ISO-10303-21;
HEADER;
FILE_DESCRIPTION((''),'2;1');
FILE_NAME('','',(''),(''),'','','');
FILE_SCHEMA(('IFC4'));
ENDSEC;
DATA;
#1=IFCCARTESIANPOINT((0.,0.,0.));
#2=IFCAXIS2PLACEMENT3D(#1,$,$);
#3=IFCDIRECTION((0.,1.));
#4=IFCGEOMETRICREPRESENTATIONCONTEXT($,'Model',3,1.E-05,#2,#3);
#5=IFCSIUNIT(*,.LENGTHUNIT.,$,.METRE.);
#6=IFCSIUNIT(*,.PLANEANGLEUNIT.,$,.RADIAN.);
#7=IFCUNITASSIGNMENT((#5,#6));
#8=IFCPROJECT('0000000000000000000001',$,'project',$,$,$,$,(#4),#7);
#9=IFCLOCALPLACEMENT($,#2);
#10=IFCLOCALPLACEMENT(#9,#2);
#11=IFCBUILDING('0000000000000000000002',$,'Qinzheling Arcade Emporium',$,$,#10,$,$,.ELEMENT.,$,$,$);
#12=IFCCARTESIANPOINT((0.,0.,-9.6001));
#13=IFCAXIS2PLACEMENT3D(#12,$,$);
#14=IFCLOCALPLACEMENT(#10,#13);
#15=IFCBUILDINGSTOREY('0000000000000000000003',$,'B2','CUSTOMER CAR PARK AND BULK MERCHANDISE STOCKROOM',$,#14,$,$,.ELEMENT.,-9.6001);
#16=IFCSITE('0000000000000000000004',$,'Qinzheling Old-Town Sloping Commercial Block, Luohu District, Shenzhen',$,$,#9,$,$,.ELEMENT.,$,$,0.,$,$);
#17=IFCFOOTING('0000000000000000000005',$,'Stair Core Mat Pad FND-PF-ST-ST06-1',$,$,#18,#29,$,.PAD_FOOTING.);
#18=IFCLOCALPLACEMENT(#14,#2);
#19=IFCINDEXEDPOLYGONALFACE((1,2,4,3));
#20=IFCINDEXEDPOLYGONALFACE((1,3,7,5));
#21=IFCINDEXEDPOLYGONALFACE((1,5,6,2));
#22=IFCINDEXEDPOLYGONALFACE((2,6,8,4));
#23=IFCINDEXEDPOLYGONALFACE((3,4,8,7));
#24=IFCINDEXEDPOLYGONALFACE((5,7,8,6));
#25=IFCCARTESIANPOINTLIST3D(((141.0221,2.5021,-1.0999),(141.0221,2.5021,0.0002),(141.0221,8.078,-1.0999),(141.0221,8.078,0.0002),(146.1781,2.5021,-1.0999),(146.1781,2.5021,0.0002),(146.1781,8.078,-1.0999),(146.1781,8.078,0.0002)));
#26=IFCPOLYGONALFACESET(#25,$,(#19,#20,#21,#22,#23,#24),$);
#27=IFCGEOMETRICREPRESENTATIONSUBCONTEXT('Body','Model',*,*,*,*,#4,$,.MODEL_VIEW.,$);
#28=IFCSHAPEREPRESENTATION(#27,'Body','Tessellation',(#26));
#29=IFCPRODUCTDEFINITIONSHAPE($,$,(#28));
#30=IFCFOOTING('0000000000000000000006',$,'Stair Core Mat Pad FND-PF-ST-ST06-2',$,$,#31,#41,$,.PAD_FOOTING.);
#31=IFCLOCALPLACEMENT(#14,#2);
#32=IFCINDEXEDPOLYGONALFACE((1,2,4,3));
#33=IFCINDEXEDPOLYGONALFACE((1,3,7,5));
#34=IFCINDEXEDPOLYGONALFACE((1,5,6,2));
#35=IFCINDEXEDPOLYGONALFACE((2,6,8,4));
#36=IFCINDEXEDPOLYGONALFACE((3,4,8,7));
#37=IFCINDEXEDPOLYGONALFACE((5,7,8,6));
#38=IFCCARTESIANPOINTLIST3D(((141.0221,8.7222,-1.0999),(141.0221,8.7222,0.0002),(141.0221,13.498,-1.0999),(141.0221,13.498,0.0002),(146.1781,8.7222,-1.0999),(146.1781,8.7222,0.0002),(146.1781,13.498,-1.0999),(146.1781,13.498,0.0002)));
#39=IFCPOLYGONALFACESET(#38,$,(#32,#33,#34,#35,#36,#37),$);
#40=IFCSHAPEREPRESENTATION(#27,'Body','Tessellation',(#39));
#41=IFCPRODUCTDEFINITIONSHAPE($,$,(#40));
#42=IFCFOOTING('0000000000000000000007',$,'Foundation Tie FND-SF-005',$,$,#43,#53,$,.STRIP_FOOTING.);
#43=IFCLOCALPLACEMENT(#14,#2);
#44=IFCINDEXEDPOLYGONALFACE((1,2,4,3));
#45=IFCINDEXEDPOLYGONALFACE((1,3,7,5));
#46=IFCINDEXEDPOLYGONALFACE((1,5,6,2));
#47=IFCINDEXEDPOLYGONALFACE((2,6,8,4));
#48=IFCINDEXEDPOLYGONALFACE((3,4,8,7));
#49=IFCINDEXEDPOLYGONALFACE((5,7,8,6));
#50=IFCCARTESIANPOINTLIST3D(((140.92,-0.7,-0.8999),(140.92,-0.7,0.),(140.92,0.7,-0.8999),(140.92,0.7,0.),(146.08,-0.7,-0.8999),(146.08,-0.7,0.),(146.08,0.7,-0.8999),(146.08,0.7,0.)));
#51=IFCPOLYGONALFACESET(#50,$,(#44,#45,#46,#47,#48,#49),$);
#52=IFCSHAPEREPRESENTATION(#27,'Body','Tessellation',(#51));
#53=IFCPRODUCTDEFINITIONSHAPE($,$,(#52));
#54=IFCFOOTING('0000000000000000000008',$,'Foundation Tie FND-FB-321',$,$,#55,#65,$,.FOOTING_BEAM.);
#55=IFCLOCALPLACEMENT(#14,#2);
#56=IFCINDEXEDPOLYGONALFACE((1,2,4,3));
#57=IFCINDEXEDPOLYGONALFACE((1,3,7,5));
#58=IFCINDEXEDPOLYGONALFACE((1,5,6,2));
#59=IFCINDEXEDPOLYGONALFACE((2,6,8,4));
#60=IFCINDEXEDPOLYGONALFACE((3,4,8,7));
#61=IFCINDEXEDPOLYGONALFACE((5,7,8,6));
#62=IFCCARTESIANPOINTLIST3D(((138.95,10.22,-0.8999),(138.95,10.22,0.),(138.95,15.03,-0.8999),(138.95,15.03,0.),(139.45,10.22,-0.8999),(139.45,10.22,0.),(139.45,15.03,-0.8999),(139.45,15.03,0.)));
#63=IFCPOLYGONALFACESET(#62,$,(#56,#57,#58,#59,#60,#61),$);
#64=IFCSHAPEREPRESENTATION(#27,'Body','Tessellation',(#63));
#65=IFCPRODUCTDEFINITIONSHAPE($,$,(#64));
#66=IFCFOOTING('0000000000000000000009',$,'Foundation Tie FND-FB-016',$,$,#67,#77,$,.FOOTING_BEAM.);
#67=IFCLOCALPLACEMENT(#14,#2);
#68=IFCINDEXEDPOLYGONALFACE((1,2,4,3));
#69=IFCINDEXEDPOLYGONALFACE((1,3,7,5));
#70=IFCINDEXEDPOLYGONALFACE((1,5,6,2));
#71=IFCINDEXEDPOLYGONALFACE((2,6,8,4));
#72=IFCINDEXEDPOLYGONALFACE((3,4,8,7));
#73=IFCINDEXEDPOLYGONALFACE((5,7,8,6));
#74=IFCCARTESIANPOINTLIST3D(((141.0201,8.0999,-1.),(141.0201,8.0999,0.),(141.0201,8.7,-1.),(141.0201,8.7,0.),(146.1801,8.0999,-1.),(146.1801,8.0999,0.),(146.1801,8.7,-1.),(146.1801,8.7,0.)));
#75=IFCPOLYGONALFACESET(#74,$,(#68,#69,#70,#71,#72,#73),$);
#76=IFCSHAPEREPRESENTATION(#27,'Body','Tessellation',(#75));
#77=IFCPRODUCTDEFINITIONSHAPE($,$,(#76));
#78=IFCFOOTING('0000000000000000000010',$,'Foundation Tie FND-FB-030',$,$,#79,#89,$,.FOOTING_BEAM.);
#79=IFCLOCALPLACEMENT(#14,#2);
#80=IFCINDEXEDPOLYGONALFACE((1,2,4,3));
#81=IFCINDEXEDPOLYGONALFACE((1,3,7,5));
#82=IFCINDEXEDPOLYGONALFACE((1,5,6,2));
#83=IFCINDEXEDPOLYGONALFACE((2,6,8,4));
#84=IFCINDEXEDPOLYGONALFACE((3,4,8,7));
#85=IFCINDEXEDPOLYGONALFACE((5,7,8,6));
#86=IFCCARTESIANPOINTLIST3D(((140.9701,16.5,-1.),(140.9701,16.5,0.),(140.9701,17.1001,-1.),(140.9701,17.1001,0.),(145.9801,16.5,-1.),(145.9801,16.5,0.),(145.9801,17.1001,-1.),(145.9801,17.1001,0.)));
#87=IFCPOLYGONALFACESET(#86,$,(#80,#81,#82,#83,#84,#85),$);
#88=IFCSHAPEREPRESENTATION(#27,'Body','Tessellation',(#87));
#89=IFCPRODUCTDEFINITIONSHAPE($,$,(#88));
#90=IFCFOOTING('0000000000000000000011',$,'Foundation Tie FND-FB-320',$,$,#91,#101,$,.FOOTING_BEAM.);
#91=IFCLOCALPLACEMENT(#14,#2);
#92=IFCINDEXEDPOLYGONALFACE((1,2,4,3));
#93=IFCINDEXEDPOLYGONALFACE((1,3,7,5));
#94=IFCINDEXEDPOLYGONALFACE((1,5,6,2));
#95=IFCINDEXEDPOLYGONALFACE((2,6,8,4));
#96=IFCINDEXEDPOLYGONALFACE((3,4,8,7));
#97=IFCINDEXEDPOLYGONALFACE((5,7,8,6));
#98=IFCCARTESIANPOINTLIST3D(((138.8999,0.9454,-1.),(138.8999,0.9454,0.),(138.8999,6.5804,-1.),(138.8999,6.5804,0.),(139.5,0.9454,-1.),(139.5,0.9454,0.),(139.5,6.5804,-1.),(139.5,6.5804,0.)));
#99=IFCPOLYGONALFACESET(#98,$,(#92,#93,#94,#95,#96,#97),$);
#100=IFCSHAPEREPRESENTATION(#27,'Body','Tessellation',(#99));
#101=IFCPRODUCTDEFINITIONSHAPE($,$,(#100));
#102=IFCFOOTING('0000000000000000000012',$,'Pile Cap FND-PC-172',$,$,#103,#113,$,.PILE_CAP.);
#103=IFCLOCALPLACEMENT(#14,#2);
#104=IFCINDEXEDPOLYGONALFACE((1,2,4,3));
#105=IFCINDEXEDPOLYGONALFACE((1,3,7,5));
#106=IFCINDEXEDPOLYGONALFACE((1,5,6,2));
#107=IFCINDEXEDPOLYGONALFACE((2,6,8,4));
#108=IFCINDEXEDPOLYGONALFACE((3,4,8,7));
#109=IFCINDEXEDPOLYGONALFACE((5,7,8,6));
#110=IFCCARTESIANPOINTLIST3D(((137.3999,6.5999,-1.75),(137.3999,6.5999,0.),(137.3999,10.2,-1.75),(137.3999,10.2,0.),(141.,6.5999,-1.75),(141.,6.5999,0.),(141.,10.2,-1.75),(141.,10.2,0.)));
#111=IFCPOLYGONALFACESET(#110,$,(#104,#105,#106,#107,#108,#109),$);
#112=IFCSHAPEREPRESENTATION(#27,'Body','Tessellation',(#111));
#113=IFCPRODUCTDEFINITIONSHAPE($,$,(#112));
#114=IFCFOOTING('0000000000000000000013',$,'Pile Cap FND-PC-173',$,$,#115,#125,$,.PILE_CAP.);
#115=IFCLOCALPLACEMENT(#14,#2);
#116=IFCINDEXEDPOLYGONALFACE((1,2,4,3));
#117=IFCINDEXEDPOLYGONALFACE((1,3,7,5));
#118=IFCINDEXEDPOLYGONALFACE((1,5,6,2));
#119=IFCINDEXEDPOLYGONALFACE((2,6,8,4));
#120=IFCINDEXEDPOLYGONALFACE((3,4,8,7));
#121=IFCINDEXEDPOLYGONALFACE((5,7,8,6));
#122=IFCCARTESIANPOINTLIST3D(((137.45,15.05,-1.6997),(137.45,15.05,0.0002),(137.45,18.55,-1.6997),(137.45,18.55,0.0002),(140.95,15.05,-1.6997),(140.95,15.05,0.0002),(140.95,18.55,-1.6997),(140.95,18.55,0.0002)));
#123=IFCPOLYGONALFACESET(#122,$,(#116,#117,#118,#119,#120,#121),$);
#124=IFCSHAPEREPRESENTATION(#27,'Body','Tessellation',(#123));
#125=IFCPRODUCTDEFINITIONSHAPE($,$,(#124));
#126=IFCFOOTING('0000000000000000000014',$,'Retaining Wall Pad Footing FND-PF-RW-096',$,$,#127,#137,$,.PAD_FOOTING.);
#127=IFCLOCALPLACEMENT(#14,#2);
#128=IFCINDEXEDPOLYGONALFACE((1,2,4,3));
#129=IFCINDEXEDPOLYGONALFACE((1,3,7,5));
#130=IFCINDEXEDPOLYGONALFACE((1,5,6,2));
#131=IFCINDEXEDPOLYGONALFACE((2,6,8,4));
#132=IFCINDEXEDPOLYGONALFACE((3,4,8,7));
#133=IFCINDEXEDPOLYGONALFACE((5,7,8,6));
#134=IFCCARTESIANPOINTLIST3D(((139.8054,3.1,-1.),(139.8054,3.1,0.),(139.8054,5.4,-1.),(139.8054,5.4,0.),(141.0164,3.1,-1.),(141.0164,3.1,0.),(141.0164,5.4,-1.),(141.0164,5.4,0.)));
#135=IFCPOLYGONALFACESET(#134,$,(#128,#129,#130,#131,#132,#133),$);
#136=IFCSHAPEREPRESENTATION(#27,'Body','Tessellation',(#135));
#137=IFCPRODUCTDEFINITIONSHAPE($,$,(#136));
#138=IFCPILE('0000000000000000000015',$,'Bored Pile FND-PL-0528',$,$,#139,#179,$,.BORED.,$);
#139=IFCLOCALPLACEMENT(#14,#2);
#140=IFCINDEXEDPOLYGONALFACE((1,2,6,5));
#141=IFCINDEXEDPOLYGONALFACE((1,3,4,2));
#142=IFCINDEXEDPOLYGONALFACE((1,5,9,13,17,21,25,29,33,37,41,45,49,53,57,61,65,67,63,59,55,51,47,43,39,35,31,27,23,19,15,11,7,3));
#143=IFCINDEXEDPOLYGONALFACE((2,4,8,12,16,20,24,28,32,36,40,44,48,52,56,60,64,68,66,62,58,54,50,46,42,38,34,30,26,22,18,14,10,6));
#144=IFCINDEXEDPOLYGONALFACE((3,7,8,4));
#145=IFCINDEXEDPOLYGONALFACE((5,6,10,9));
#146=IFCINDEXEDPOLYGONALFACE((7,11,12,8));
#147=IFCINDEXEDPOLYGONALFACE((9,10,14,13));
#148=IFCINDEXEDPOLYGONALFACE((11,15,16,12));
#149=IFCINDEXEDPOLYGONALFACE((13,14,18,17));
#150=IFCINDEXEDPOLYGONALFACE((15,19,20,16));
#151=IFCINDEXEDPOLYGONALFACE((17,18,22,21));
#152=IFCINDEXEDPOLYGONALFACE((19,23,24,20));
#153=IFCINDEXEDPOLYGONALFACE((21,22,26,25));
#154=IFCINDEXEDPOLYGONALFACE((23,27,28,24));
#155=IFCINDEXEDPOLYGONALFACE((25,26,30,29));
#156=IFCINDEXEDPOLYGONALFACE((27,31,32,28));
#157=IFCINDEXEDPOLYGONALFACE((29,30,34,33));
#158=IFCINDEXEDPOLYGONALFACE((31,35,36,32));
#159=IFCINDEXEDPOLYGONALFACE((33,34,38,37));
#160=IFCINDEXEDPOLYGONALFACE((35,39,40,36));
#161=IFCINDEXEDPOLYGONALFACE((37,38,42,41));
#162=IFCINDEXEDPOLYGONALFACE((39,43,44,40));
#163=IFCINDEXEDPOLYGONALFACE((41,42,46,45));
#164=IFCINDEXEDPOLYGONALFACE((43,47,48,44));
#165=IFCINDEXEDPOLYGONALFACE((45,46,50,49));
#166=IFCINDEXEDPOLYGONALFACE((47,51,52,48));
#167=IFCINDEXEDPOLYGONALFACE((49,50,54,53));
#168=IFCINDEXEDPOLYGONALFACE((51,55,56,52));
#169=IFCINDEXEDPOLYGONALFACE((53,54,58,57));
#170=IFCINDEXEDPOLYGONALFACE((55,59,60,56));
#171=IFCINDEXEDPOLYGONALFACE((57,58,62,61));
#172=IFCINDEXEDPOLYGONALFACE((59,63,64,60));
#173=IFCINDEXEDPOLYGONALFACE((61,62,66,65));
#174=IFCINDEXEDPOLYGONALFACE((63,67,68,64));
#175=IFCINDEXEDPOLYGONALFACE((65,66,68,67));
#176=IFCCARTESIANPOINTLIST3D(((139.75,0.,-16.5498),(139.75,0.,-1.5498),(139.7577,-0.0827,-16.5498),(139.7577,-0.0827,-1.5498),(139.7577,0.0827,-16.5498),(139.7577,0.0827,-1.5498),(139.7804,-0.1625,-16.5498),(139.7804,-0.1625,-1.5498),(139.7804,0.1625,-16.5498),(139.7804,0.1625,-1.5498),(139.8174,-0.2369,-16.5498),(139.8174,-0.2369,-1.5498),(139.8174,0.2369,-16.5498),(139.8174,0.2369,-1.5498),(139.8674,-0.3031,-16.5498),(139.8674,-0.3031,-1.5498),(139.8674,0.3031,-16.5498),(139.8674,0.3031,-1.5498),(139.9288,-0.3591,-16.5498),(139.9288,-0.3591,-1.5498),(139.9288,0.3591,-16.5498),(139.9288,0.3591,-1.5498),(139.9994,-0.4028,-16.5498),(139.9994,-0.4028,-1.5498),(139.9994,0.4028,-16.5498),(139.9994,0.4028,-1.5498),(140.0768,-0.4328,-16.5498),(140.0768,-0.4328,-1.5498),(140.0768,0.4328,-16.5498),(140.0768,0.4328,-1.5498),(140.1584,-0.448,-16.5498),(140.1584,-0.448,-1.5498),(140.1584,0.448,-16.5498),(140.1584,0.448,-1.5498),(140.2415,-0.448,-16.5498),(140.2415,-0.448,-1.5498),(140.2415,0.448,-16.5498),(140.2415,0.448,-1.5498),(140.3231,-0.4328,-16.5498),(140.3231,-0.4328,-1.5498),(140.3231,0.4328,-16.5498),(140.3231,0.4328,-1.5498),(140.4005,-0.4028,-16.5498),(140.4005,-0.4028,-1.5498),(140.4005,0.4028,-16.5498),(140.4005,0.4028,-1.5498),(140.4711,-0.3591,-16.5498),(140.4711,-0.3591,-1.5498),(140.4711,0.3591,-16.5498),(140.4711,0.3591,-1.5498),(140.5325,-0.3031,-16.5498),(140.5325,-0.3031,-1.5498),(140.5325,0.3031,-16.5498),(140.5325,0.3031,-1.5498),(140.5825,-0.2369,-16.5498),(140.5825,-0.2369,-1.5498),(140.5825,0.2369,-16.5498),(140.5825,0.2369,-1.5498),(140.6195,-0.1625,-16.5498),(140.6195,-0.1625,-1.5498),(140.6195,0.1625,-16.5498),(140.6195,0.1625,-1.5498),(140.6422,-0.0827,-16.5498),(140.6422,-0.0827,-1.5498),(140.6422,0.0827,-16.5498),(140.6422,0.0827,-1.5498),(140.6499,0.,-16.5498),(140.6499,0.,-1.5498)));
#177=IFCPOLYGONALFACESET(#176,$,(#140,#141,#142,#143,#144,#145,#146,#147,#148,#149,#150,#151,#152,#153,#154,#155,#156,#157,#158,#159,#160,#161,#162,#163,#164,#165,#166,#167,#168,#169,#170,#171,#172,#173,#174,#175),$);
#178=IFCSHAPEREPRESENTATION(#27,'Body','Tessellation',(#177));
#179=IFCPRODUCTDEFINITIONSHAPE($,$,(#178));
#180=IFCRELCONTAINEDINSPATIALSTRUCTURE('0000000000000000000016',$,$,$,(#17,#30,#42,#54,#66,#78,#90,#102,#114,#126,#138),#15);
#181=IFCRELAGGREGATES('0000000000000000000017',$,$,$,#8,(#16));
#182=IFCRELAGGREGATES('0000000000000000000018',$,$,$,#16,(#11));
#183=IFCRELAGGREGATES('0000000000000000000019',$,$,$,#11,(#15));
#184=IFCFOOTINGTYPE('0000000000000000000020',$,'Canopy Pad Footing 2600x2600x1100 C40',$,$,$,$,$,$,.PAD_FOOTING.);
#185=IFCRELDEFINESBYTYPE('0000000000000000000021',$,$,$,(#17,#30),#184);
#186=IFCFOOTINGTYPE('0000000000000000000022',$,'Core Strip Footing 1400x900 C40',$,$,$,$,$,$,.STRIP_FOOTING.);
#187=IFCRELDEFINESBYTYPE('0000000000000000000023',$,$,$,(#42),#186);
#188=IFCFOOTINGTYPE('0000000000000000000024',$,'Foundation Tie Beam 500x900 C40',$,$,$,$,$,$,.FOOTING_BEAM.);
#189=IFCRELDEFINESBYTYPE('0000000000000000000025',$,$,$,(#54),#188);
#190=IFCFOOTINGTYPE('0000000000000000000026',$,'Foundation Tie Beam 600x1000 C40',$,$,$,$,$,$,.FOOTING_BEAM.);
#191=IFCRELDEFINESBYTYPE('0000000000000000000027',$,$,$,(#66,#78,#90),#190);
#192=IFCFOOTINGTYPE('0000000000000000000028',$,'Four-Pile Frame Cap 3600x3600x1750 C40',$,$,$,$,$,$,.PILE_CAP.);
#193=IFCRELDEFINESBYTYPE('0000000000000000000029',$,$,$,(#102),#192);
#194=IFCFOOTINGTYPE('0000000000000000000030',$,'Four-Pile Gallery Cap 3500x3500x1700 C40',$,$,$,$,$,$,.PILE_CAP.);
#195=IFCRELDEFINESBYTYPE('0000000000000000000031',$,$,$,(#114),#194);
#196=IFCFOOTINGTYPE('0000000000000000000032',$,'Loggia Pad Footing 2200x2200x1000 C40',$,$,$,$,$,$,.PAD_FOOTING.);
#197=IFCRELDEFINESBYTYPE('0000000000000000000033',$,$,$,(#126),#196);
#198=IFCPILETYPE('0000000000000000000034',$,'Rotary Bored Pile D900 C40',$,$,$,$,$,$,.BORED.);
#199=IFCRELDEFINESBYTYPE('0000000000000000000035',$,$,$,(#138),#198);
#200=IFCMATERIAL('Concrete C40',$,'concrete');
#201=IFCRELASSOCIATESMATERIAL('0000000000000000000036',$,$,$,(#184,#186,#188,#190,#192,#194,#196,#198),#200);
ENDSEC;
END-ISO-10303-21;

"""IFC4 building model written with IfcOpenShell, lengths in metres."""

from ifc_helpers import new_model, si_unit, direction, frame, origin, origin_2d, place, context, subcontext, project, spatial, rectangle, circle, extrude, material, material_profile, profile_set, type_object, element, save


model = new_model("IFC4")

# Units and contexts
model_context = context("Model", 3, precision=1e-05, world=origin(), true_north=direction((0.0, 1.0)))
body_context = subcontext(model_context, "Body", "Model", "MODEL_VIEW")
ifc_project = project(units=[si_unit("LENGTHUNIT", "METRE"), si_unit("PLANEANGLEUNIT", "RADIAN")], contexts=[model_context])

# Site, building, storey
site_placement = place(None, origin())
site = spatial("IfcSite", under=ifc_project, at=site_placement, Name="Qinzheling Old-Town Sloping Commercial Block, Luohu District, Shenzhen", CompositionType="ELEMENT", RefElevation=0.0)
building_placement = place(site_placement, origin())
building = spatial("IfcBuilding", under=site, at=building_placement, Name="Qinzheling Arcade Emporium", CompositionType="ELEMENT")
storey_placement = place(building_placement, frame((0.0, 0.0, -9.6001)))
storey = spatial("IfcBuildingStorey", under=building, at=storey_placement, Name="B2", Description="CUSTOMER CAR PARK AND BULK MERCHANDISE STOCKROOM", CompositionType="ELEMENT", Elevation=-9.6001)

# Footings
ifc_material_1 = material(Name="Concrete C40", Category="concrete")
footing_type_1 = type_object("IfcFootingType", Name="Canopy Pad Footing 2600x2600x1100 C40", PredefinedType="PAD_FOOTING", material=ifc_material_1)
footing_1_placement = place(storey_placement, frame((143.6001, 5.29, -1.0999), z_axis=(0.0, 0.0, 1.0), x_axis=(1.0, 0.0, 0.0)))
element("IfcFooting", 1, at=footing_1_placement, inside=storey, type_object=footing_type_1, Name="Stair Core Mat Pad FND-PF-ST-ST06-1", PredefinedType="PAD_FOOTING", context=body_context, shape_type="SweptSolid", body=[
    extrude(rectangle(XDim=5.156, YDim=5.5759, at=origin_2d()), origin(), (0.0, 0.0, 1.0), 1.1001),
])
footing_2_placement = place(storey_placement, frame((143.6001, 11.1101, -1.0999), z_axis=(0.0, 0.0, 1.0), x_axis=(1.0, 0.0, 0.0)))
element("IfcFooting", 2, at=footing_2_placement, inside=storey, type_object=footing_type_1, Name="Stair Core Mat Pad FND-PF-ST-ST06-2", PredefinedType="PAD_FOOTING", context=body_context, shape_type="SweptSolid", body=[
    extrude(rectangle(XDim=5.156, YDim=4.7759, at=origin_2d()), origin(), (0.0, 0.0, 1.0), 1.1001),
])
footing_type_2 = type_object("IfcFootingType", Name="Core Strip Footing 1400x900 C40", PredefinedType="STRIP_FOOTING", material=ifc_material_1)
footing_3_placement = place(storey_placement, frame((143.5, 0.0, -0.8999), z_axis=(0.0, 0.0, 1.0), x_axis=(1.0, 0.0, 0.0)))
element("IfcFooting", 3, at=footing_3_placement, inside=storey, type_object=footing_type_2, Name="Foundation Tie FND-SF-005", PredefinedType="STRIP_FOOTING", context=body_context, shape_type="SweptSolid", body=[
    extrude(rectangle(XDim=5.1599, YDim=1.3999, at=origin_2d()), origin(), (0.0, 0.0, 1.0), 0.8999),
])
footing_type_3 = type_object("IfcFootingType", Name="Foundation Tie Beam 500x900 C40", PredefinedType="FOOTING_BEAM", material=ifc_material_1)
footing_4_placement = place(storey_placement, frame((139.2, 12.625, -0.8999), z_axis=(0.0, 0.0, 1.0), x_axis=(1.0, 0.0, 0.0)))
element("IfcFooting", 4, at=footing_4_placement, inside=storey, type_object=footing_type_3, Name="Foundation Tie FND-FB-321", PredefinedType="FOOTING_BEAM", context=body_context, shape_type="SweptSolid", body=[
    extrude(rectangle(XDim=0.5, YDim=4.8101, at=origin_2d()), origin(), (0.0, 0.0, 1.0), 0.8999),
])
footing_type_4 = type_object("IfcFootingType", Name="Foundation Tie Beam 600x1000 C40", PredefinedType="FOOTING_BEAM", material=ifc_material_1)
footing_5_placement = place(storey_placement, frame((143.6001, 8.3999, -1.0), z_axis=(0.0, 0.0, 1.0), x_axis=(1.0, 0.0, 0.0)))
element("IfcFooting", 5, at=footing_5_placement, inside=storey, type_object=footing_type_4, Name="Foundation Tie FND-FB-016", PredefinedType="FOOTING_BEAM", context=body_context, shape_type="SweptSolid", body=[
    extrude(rectangle(XDim=5.1599, YDim=0.6001, at=origin_2d()), origin(), (0.0, 0.0, 1.0), 1.0),
])
footing_6_placement = place(storey_placement, frame((143.4751, 16.8, -1.0), z_axis=(0.0, 0.0, 1.0), x_axis=(1.0, 0.0, 0.0)))
element("IfcFooting", 6, at=footing_6_placement, inside=storey, type_object=footing_type_4, Name="Foundation Tie FND-FB-030", PredefinedType="FOOTING_BEAM", context=body_context, shape_type="SweptSolid", body=[
    extrude(rectangle(XDim=5.01, YDim=0.6001, at=origin_2d()), origin(), (0.0, 0.0, 1.0), 1.0),
])
footing_7_placement = place(storey_placement, frame((139.2, 3.7629, -1.0), z_axis=(0.0, 0.0, 1.0), x_axis=(1.0, 0.0, 0.0)))
element("IfcFooting", 7, at=footing_7_placement, inside=storey, type_object=footing_type_4, Name="Foundation Tie FND-FB-320", PredefinedType="FOOTING_BEAM", context=body_context, shape_type="SweptSolid", body=[
    extrude(rectangle(XDim=0.6001, YDim=5.635, at=origin_2d()), origin(), (0.0, 0.0, 1.0), 1.0),
])
footing_type_5 = type_object("IfcFootingType", Name="Four-Pile Frame Cap 3600x3600x1750 C40", PredefinedType="PILE_CAP", material=ifc_material_1)
footing_8_placement = place(storey_placement, frame((139.2, 8.3999, -1.75), z_axis=(0.0, 0.0, 1.0), x_axis=(1.0, 0.0, 0.0)))
element("IfcFooting", 8, at=footing_8_placement, inside=storey, type_object=footing_type_5, Name="Pile Cap FND-PC-172", PredefinedType="PILE_CAP", context=body_context, shape_type="SweptSolid", body=[
    extrude(rectangle(XDim=3.6001, YDim=3.6001, at=origin_2d()), origin(), (0.0, 0.0, 1.0), 1.75),
])
footing_type_6 = type_object("IfcFootingType", Name="Four-Pile Gallery Cap 3500x3500x1700 C40", PredefinedType="PILE_CAP", material=ifc_material_1)
footing_9_placement = place(storey_placement, frame((139.2, 16.8, -1.6997), z_axis=(0.0, 0.0, 1.0), x_axis=(1.0, 0.0, 0.0)))
element("IfcFooting", 9, at=footing_9_placement, inside=storey, type_object=footing_type_6, Name="Pile Cap FND-PC-173", PredefinedType="PILE_CAP", context=body_context, shape_type="SweptSolid", body=[
    extrude(rectangle(XDim=3.5, YDim=3.5, at=origin_2d()), origin(), (0.0, 0.0, 1.0), 1.7),
])
footing_type_7 = type_object("IfcFootingType", Name="Loggia Pad Footing 2200x2200x1000 C40", PredefinedType="PAD_FOOTING", material=ifc_material_1)
footing_10_placement = place(storey_placement, frame((140.4109, 4.25, -1.0), z_axis=(0.0, 0.0, 1.0), x_axis=(1.0, 0.0, 0.0)))
element("IfcFooting", 10, at=footing_10_placement, inside=storey, type_object=footing_type_7, Name="Retaining Wall Pad Footing FND-PF-RW-096", PredefinedType="PAD_FOOTING", context=body_context, shape_type="SweptSolid", body=[
    extrude(rectangle(XDim=1.2109, YDim=2.3, at=origin_2d()), origin(), (0.0, 0.0, 1.0), 1.0),
])

# Pile
ifc_material_profile_1 = material_profile(ifc_material_1, circle(Radius=0.45, at=origin_2d()), Name="BORED D900", Category="concrete")
ifc_profile_set_1 = profile_set([ifc_material_profile_1], Name="Concrete C40")
pile_type = type_object("IfcPileType", Name="Rotary Bored Pile D900 C40", PredefinedType="BORED", material=ifc_profile_set_1)
pile_1_placement = place(storey_placement, frame((140.2, 0.0, -1.5498), z_axis=(0.0, 0.0, -1.0), x_axis=(1.0, 0.0, 0.0)))
element("IfcPile", 11, at=pile_1_placement, inside=storey, type_object=pile_type, Name="Bored Pile FND-PL-0528", PredefinedType="BORED", context=body_context, shape_type="SweptSolid", body=[
    extrude(circle(Radius=0.45, at=origin_2d()), origin(), (0.0, 0.0, 1.0), 15.0),
])

save(model, "model.ifc")
